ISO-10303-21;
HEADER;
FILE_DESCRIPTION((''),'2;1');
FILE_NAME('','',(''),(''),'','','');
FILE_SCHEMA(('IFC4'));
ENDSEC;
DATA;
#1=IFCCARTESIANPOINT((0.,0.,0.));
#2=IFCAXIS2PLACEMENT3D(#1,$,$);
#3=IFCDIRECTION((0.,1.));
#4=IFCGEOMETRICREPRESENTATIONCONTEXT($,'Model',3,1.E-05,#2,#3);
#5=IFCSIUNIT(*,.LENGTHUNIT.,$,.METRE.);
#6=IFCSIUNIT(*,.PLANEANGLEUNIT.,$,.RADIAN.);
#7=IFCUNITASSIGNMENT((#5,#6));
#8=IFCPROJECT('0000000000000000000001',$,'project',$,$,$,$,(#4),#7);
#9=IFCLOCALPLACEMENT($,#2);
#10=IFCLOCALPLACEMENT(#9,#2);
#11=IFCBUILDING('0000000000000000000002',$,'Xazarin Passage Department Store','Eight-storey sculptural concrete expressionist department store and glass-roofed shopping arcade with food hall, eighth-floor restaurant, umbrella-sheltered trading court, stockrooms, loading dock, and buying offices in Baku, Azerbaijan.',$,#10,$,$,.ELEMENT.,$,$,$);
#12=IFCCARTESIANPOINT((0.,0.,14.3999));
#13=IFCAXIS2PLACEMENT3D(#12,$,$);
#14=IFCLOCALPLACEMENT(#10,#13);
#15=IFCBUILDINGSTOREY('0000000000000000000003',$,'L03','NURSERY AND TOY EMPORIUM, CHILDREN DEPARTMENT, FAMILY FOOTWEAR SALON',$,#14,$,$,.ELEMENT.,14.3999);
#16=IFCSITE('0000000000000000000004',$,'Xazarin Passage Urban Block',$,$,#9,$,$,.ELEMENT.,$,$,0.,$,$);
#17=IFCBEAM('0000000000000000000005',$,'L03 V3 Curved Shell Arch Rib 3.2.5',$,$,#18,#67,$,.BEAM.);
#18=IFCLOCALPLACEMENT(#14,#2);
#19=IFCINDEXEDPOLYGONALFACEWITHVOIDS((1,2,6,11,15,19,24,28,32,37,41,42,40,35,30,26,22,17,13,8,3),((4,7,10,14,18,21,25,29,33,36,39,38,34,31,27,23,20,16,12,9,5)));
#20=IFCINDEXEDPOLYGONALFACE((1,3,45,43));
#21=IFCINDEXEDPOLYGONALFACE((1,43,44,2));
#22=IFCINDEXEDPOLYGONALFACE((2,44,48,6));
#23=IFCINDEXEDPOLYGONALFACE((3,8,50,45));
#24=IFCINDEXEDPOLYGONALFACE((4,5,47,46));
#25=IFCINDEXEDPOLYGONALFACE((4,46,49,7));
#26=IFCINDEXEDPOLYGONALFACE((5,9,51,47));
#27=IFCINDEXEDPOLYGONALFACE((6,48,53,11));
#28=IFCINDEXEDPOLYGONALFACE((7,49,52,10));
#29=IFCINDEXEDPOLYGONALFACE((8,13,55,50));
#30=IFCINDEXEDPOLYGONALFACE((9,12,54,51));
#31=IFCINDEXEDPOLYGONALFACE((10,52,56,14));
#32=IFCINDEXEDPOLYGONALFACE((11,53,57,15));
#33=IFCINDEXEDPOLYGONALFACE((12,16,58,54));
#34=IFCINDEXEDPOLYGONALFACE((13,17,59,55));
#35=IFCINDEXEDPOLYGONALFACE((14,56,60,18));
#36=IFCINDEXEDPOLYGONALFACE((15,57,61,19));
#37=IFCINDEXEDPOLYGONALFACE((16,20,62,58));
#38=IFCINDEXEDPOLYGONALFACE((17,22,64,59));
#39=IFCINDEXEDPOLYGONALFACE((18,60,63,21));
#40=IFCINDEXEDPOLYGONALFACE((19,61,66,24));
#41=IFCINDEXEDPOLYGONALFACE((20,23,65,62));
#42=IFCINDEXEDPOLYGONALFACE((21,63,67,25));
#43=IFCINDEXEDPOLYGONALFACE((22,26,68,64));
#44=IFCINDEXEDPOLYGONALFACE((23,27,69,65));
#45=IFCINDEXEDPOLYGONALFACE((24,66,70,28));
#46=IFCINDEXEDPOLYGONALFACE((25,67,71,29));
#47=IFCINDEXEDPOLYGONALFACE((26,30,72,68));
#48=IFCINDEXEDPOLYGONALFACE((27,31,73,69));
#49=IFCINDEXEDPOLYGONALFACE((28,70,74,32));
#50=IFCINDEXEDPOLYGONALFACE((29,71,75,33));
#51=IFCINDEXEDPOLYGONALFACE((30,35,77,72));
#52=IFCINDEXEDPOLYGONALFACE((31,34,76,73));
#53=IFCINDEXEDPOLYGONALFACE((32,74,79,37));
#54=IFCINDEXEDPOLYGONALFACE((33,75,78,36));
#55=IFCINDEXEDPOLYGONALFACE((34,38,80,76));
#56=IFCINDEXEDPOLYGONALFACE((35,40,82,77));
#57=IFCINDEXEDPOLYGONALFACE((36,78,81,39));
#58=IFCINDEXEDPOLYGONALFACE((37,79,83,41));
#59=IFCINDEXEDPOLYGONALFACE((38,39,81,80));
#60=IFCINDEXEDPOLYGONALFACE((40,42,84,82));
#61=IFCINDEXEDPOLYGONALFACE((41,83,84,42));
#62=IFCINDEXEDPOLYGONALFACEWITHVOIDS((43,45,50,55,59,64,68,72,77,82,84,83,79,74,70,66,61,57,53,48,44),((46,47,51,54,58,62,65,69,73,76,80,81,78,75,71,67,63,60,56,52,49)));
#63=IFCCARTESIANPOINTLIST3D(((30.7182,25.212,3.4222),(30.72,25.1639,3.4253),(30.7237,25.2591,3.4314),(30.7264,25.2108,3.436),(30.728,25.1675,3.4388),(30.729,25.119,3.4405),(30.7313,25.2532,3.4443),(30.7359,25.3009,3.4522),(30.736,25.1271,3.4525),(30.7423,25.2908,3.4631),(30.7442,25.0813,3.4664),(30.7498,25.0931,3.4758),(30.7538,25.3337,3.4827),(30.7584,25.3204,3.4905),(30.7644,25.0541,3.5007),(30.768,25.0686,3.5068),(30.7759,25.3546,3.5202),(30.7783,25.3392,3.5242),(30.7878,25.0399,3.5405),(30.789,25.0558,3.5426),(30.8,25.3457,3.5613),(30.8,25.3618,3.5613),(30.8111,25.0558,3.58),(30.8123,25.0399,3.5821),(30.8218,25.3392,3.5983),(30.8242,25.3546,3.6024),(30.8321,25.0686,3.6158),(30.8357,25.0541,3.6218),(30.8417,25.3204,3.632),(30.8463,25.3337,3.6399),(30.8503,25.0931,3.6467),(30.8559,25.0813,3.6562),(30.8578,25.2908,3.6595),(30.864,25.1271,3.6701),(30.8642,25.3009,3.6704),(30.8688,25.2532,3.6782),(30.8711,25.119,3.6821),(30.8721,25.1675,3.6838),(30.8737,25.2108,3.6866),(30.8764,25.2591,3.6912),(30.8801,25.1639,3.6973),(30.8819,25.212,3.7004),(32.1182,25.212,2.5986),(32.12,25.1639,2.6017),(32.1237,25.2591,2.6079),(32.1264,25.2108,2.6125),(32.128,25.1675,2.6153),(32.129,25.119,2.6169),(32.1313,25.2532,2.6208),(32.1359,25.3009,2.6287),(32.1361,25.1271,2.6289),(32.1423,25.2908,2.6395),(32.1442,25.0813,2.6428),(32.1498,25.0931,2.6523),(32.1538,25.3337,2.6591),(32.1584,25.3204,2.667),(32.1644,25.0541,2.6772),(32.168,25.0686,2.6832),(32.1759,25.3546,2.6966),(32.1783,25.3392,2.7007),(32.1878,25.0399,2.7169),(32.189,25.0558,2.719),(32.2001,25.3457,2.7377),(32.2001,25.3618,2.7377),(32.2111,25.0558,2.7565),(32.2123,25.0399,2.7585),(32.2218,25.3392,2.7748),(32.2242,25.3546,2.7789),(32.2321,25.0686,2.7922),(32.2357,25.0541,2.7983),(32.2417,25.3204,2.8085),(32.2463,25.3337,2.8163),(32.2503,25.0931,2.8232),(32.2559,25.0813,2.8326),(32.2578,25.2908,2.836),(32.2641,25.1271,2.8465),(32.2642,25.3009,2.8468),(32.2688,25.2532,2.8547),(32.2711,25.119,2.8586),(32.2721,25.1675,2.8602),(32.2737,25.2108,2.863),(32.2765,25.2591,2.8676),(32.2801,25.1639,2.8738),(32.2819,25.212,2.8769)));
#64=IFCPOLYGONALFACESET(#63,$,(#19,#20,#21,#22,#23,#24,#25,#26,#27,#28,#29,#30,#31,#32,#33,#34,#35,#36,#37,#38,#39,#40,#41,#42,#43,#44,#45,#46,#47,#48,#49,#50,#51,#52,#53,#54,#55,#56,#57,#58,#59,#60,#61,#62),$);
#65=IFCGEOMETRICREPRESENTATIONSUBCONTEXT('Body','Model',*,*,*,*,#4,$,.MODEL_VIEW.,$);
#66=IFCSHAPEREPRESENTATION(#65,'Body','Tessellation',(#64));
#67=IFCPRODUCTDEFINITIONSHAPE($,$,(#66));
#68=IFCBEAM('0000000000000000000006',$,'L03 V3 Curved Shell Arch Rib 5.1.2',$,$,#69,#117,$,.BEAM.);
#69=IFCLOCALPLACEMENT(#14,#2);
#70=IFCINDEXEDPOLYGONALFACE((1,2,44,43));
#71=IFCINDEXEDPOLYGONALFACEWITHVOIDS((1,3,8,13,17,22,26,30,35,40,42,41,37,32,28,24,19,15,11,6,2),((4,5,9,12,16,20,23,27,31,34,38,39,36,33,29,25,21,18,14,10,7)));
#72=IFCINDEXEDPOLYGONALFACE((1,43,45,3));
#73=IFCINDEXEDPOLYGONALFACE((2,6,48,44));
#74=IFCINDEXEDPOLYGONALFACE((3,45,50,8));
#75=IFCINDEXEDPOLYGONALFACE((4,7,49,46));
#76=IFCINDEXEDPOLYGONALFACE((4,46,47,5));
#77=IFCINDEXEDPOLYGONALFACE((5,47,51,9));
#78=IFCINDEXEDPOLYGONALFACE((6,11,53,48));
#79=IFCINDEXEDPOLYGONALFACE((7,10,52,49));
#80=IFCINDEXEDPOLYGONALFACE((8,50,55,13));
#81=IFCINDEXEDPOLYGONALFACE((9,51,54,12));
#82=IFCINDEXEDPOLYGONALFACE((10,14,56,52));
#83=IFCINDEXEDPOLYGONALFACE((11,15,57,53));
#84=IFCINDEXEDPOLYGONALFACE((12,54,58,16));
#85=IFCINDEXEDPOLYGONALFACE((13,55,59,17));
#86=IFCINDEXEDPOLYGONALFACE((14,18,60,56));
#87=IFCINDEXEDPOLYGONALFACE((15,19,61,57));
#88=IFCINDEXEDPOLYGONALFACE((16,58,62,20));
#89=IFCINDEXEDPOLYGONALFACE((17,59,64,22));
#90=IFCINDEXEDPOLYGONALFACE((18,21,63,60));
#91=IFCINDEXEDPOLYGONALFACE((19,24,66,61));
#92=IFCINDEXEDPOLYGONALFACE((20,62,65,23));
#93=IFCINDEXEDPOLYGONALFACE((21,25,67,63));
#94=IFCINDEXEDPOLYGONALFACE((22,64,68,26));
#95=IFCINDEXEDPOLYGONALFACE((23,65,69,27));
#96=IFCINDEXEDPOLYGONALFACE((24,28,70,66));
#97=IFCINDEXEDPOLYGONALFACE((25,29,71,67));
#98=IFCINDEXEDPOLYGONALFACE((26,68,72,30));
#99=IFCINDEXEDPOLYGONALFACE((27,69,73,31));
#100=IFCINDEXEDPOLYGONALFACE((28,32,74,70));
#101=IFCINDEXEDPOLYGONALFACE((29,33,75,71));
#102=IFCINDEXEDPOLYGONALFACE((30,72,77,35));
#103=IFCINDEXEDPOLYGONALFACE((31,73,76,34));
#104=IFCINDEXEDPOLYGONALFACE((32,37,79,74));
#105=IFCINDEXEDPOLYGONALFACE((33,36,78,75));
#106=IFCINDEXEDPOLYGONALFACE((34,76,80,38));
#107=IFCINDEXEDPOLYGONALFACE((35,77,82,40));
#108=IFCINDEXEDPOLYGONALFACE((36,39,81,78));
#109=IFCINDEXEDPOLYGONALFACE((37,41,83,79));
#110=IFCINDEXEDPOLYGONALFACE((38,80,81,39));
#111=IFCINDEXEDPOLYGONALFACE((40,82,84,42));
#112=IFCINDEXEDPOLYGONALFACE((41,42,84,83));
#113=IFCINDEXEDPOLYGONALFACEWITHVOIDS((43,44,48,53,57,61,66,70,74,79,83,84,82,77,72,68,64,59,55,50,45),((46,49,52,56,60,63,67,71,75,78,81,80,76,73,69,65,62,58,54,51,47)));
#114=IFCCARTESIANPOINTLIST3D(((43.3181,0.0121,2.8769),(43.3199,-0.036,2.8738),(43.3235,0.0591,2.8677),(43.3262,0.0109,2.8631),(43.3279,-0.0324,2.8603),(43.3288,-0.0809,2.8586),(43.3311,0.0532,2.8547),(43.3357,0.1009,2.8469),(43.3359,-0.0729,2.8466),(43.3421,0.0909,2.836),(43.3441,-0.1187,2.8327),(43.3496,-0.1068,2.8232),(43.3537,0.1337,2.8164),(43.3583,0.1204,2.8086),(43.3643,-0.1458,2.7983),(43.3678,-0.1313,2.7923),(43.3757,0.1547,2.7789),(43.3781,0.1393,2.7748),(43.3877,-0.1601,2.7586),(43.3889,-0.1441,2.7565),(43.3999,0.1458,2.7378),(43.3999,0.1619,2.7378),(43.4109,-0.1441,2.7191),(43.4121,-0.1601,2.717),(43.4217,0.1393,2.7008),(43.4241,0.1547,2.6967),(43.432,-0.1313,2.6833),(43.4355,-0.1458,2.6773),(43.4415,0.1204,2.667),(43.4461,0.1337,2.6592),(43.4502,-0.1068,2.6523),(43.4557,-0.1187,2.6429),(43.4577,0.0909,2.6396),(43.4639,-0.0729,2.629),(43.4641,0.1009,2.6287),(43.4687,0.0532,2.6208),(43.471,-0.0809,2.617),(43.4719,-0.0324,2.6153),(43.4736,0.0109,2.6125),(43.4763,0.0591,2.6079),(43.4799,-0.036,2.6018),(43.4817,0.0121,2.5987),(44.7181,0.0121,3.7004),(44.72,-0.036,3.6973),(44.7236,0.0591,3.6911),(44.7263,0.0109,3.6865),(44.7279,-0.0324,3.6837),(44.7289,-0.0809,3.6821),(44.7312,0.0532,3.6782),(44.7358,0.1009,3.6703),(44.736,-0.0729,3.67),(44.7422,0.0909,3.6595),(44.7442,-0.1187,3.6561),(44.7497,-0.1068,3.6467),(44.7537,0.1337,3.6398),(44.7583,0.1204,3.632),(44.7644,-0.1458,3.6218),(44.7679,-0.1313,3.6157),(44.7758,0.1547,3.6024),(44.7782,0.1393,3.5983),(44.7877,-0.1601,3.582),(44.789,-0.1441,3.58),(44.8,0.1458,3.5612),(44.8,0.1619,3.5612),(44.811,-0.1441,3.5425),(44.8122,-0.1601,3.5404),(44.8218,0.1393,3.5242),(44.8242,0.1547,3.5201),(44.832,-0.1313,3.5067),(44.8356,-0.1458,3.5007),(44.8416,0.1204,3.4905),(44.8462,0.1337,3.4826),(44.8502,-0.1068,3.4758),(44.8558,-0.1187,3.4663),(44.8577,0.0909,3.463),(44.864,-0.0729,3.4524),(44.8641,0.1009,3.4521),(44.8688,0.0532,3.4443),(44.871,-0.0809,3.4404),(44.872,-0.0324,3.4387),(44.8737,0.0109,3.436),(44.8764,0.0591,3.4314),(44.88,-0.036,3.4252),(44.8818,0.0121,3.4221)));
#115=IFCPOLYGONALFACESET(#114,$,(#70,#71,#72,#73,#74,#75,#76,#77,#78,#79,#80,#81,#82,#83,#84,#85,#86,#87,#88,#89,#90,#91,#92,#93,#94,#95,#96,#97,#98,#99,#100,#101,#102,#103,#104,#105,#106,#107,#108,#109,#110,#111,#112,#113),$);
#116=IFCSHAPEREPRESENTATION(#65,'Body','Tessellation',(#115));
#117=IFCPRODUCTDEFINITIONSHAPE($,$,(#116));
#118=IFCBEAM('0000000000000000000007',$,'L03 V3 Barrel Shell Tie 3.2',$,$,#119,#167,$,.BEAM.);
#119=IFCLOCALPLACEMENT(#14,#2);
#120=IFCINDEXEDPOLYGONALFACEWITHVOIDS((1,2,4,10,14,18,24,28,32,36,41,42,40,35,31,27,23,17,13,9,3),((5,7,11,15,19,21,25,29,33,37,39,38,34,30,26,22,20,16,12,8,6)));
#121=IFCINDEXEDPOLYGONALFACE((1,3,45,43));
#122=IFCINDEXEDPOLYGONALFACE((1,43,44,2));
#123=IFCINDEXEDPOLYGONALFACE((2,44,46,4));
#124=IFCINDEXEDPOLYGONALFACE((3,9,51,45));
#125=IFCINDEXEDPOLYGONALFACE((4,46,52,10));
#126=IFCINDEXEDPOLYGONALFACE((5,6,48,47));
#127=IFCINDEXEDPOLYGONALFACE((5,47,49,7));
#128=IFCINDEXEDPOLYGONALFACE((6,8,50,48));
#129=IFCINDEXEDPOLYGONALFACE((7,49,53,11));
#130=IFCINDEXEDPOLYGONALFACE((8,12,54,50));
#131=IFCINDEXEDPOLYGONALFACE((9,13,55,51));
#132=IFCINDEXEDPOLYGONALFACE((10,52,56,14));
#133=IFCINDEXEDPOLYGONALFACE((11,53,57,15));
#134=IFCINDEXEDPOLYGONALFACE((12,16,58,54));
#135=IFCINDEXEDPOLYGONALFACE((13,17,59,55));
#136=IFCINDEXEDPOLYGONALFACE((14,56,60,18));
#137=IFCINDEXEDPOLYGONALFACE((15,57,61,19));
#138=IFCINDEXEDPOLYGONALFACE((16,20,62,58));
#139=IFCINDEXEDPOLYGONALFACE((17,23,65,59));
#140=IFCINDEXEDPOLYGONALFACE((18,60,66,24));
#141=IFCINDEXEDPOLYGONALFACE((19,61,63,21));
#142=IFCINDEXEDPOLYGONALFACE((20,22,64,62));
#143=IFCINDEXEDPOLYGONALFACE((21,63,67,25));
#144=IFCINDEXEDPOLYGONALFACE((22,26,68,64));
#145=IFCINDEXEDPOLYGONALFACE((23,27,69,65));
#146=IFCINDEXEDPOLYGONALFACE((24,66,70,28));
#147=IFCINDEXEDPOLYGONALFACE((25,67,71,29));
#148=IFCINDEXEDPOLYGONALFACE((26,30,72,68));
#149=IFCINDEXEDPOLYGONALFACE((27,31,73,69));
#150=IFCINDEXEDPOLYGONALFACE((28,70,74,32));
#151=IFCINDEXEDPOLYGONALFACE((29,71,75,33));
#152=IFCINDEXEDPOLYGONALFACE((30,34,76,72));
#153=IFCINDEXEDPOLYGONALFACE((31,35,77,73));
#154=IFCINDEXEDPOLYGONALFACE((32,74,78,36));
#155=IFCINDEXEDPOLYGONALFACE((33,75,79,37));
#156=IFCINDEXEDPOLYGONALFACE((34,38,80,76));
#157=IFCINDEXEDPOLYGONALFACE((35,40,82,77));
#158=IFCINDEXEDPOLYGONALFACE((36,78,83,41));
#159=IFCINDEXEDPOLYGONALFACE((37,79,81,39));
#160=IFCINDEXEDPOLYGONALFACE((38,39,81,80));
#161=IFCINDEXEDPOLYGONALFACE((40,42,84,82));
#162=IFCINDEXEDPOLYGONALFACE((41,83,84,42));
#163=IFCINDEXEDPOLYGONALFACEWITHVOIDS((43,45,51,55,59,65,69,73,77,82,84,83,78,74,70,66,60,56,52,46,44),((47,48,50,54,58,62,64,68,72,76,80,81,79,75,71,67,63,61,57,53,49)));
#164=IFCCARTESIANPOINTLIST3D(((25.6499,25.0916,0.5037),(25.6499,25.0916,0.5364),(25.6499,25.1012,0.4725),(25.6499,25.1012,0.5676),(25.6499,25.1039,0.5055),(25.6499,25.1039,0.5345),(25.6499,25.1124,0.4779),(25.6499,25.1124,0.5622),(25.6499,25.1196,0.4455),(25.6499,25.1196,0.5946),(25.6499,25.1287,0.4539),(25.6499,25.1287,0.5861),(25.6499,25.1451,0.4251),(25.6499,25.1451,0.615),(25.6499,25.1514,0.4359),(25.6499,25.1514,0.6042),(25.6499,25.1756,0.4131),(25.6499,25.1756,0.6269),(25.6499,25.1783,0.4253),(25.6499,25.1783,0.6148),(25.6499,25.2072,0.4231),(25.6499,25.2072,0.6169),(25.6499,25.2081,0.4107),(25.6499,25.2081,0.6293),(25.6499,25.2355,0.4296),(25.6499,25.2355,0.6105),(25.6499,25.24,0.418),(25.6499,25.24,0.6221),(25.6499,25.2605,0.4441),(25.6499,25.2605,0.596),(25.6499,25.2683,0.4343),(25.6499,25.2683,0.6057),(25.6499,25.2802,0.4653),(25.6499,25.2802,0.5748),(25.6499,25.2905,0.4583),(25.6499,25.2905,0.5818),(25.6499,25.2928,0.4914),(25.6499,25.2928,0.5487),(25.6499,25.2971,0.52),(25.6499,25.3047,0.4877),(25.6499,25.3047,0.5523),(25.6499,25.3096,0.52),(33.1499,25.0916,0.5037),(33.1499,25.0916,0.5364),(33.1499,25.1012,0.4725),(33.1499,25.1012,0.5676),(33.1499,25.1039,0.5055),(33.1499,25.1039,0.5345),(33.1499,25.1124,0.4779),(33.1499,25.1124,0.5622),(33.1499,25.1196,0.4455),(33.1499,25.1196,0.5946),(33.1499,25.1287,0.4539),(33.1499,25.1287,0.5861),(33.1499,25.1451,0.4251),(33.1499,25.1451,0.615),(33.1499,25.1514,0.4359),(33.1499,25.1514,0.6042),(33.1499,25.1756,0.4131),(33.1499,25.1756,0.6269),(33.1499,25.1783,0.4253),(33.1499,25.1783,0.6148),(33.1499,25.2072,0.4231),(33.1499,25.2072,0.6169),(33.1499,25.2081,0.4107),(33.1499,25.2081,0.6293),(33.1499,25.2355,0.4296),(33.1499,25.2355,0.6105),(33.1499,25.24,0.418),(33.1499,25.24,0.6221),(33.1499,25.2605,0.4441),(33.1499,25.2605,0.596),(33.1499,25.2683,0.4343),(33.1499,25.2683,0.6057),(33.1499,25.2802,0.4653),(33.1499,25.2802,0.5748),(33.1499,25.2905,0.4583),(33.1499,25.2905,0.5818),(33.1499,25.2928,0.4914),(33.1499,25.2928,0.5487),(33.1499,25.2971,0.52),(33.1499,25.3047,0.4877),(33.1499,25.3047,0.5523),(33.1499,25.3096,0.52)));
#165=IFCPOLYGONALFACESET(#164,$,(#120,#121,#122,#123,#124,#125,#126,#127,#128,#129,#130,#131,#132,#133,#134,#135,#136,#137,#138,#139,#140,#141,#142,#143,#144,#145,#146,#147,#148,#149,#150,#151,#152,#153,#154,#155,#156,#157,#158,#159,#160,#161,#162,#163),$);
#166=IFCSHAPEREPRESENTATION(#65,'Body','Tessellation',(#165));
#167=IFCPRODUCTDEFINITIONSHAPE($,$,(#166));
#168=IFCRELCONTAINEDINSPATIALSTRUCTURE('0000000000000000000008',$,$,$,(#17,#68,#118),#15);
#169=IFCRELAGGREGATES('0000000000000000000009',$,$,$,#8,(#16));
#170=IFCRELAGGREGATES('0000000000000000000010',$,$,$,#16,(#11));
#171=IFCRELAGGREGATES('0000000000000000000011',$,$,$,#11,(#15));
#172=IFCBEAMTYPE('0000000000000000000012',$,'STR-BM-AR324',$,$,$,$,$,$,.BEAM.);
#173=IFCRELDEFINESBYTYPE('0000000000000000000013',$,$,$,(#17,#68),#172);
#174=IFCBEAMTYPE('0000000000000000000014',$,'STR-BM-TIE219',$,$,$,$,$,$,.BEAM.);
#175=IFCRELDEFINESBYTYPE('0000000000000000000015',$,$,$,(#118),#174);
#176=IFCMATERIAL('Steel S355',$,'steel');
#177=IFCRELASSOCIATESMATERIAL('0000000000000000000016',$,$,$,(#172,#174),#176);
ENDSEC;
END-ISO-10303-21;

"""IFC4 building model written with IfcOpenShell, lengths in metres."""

from ifc_helpers import new_model, si_unit, direction, frame, origin, origin_2d, place, context, subcontext, project, spatial, hollow_circle, extrude, material, material_profile, profile_set, type_object, element, save


model = new_model("IFC4")

# Units and contexts
model_context = context("Model", 3, precision=1e-05, world=origin(), true_north=direction((0.0, 1.0)))
body_context = subcontext(model_context, "Body", "Model", "MODEL_VIEW")
ifc_project = project(units=[si_unit("LENGTHUNIT", "METRE"), si_unit("PLANEANGLEUNIT", "RADIAN")], contexts=[model_context])

# Site, building, storey
site_placement = place(None, origin())
site = spatial("IfcSite", under=ifc_project, at=site_placement, Name="Xazarin Passage Urban Block", CompositionType="ELEMENT", RefElevation=0.0)
building_placement = place(site_placement, origin())
building = spatial("IfcBuilding", under=site, at=building_placement, Name="Xazarin Passage Department Store", Description="Eight-storey sculptural concrete expressionist department store and glass-roofed shopping arcade with food hall, eighth-floor restaurant, umbrella-sheltered trading court, stockrooms, loading dock, and buying offices in Baku, Azerbaijan.", CompositionType="ELEMENT")
storey_placement = place(building_placement, frame((0.0, 0.0, 14.3999)))
storey = spatial("IfcBuildingStorey", under=building, at=storey_placement, Name="L03", Description="NURSERY AND TOY EMPORIUM, CHILDREN DEPARTMENT, FAMILY FOOTWEAR SALON", CompositionType="ELEMENT", Elevation=14.3999)

# Beams
ifc_material_1 = material(Name="Steel S355", Category="steel")
ifc_material_profile_1 = material_profile(ifc_material_1, hollow_circle(Radius=0.1619, WallThickness=0.0161, at=origin_2d()), Name="CHS 323.9x16")
ifc_profile_set_1 = profile_set([ifc_material_profile_1], Name="Steel S355")
beam_type_1 = type_object("IfcBeamType", Name="STR-BM-AR324", PredefinedType="BEAM", material=ifc_profile_set_1)
for number, where, z_axis, x_axis, name in (
    (1, (30.8, 25.2, 3.5613), (0.86193, 0.0, -0.507027), (0.0, 1.0, 0.0), "L03 V3 Curved Shell Arch Rib 3.2.5"),
    (2, (43.3999, 0.0, 2.7378), (0.861969, 0.0, 0.506961), (0.0, 1.0, 0.0), "L03 V3 Curved Shell Arch Rib 5.1.2"),
):
    element("IfcBeam", number, at=place(storey_placement, frame(where, z_axis=z_axis, x_axis=x_axis)), inside=storey, type_object=beam_type_1, Name=name, PredefinedType="BEAM", context=body_context, shape_type="SweptSolid", body=[
        extrude(hollow_circle(Radius=0.1619, WallThickness=0.0161, at=origin_2d()), origin(), (0.0, 0.0, 1.0), 1.6243),
    ])
ifc_material_profile_2 = material_profile(ifc_material_1, hollow_circle(Radius=0.1096, WallThickness=0.0125, at=origin_2d()), Name="CHS 219.1x12.5")
ifc_profile_set_2 = profile_set([ifc_material_profile_2], Name="Steel S355")
beam_type_2 = type_object("IfcBeamType", Name="STR-BM-TIE219", PredefinedType="BEAM", material=ifc_profile_set_2)
for number, where, z_axis, x_axis, name in (
    (3, (25.6499, 25.2, 0.52), (1.0, 0.0, 0.0), (0.0, 1.0, 0.0), "L03 V3 Barrel Shell Tie 3.2"),
):
    element("IfcBeam", number, at=place(storey_placement, frame(where, z_axis=z_axis, x_axis=x_axis)), inside=storey, type_object=beam_type_2, Name=name, PredefinedType="BEAM", context=body_context, shape_type="SweptSolid", body=[
        extrude(hollow_circle(Radius=0.1096, WallThickness=0.0125, at=origin_2d()), origin(), (0.0, 0.0, 1.0), 7.5),
    ])

save(model, "model.ifc")
